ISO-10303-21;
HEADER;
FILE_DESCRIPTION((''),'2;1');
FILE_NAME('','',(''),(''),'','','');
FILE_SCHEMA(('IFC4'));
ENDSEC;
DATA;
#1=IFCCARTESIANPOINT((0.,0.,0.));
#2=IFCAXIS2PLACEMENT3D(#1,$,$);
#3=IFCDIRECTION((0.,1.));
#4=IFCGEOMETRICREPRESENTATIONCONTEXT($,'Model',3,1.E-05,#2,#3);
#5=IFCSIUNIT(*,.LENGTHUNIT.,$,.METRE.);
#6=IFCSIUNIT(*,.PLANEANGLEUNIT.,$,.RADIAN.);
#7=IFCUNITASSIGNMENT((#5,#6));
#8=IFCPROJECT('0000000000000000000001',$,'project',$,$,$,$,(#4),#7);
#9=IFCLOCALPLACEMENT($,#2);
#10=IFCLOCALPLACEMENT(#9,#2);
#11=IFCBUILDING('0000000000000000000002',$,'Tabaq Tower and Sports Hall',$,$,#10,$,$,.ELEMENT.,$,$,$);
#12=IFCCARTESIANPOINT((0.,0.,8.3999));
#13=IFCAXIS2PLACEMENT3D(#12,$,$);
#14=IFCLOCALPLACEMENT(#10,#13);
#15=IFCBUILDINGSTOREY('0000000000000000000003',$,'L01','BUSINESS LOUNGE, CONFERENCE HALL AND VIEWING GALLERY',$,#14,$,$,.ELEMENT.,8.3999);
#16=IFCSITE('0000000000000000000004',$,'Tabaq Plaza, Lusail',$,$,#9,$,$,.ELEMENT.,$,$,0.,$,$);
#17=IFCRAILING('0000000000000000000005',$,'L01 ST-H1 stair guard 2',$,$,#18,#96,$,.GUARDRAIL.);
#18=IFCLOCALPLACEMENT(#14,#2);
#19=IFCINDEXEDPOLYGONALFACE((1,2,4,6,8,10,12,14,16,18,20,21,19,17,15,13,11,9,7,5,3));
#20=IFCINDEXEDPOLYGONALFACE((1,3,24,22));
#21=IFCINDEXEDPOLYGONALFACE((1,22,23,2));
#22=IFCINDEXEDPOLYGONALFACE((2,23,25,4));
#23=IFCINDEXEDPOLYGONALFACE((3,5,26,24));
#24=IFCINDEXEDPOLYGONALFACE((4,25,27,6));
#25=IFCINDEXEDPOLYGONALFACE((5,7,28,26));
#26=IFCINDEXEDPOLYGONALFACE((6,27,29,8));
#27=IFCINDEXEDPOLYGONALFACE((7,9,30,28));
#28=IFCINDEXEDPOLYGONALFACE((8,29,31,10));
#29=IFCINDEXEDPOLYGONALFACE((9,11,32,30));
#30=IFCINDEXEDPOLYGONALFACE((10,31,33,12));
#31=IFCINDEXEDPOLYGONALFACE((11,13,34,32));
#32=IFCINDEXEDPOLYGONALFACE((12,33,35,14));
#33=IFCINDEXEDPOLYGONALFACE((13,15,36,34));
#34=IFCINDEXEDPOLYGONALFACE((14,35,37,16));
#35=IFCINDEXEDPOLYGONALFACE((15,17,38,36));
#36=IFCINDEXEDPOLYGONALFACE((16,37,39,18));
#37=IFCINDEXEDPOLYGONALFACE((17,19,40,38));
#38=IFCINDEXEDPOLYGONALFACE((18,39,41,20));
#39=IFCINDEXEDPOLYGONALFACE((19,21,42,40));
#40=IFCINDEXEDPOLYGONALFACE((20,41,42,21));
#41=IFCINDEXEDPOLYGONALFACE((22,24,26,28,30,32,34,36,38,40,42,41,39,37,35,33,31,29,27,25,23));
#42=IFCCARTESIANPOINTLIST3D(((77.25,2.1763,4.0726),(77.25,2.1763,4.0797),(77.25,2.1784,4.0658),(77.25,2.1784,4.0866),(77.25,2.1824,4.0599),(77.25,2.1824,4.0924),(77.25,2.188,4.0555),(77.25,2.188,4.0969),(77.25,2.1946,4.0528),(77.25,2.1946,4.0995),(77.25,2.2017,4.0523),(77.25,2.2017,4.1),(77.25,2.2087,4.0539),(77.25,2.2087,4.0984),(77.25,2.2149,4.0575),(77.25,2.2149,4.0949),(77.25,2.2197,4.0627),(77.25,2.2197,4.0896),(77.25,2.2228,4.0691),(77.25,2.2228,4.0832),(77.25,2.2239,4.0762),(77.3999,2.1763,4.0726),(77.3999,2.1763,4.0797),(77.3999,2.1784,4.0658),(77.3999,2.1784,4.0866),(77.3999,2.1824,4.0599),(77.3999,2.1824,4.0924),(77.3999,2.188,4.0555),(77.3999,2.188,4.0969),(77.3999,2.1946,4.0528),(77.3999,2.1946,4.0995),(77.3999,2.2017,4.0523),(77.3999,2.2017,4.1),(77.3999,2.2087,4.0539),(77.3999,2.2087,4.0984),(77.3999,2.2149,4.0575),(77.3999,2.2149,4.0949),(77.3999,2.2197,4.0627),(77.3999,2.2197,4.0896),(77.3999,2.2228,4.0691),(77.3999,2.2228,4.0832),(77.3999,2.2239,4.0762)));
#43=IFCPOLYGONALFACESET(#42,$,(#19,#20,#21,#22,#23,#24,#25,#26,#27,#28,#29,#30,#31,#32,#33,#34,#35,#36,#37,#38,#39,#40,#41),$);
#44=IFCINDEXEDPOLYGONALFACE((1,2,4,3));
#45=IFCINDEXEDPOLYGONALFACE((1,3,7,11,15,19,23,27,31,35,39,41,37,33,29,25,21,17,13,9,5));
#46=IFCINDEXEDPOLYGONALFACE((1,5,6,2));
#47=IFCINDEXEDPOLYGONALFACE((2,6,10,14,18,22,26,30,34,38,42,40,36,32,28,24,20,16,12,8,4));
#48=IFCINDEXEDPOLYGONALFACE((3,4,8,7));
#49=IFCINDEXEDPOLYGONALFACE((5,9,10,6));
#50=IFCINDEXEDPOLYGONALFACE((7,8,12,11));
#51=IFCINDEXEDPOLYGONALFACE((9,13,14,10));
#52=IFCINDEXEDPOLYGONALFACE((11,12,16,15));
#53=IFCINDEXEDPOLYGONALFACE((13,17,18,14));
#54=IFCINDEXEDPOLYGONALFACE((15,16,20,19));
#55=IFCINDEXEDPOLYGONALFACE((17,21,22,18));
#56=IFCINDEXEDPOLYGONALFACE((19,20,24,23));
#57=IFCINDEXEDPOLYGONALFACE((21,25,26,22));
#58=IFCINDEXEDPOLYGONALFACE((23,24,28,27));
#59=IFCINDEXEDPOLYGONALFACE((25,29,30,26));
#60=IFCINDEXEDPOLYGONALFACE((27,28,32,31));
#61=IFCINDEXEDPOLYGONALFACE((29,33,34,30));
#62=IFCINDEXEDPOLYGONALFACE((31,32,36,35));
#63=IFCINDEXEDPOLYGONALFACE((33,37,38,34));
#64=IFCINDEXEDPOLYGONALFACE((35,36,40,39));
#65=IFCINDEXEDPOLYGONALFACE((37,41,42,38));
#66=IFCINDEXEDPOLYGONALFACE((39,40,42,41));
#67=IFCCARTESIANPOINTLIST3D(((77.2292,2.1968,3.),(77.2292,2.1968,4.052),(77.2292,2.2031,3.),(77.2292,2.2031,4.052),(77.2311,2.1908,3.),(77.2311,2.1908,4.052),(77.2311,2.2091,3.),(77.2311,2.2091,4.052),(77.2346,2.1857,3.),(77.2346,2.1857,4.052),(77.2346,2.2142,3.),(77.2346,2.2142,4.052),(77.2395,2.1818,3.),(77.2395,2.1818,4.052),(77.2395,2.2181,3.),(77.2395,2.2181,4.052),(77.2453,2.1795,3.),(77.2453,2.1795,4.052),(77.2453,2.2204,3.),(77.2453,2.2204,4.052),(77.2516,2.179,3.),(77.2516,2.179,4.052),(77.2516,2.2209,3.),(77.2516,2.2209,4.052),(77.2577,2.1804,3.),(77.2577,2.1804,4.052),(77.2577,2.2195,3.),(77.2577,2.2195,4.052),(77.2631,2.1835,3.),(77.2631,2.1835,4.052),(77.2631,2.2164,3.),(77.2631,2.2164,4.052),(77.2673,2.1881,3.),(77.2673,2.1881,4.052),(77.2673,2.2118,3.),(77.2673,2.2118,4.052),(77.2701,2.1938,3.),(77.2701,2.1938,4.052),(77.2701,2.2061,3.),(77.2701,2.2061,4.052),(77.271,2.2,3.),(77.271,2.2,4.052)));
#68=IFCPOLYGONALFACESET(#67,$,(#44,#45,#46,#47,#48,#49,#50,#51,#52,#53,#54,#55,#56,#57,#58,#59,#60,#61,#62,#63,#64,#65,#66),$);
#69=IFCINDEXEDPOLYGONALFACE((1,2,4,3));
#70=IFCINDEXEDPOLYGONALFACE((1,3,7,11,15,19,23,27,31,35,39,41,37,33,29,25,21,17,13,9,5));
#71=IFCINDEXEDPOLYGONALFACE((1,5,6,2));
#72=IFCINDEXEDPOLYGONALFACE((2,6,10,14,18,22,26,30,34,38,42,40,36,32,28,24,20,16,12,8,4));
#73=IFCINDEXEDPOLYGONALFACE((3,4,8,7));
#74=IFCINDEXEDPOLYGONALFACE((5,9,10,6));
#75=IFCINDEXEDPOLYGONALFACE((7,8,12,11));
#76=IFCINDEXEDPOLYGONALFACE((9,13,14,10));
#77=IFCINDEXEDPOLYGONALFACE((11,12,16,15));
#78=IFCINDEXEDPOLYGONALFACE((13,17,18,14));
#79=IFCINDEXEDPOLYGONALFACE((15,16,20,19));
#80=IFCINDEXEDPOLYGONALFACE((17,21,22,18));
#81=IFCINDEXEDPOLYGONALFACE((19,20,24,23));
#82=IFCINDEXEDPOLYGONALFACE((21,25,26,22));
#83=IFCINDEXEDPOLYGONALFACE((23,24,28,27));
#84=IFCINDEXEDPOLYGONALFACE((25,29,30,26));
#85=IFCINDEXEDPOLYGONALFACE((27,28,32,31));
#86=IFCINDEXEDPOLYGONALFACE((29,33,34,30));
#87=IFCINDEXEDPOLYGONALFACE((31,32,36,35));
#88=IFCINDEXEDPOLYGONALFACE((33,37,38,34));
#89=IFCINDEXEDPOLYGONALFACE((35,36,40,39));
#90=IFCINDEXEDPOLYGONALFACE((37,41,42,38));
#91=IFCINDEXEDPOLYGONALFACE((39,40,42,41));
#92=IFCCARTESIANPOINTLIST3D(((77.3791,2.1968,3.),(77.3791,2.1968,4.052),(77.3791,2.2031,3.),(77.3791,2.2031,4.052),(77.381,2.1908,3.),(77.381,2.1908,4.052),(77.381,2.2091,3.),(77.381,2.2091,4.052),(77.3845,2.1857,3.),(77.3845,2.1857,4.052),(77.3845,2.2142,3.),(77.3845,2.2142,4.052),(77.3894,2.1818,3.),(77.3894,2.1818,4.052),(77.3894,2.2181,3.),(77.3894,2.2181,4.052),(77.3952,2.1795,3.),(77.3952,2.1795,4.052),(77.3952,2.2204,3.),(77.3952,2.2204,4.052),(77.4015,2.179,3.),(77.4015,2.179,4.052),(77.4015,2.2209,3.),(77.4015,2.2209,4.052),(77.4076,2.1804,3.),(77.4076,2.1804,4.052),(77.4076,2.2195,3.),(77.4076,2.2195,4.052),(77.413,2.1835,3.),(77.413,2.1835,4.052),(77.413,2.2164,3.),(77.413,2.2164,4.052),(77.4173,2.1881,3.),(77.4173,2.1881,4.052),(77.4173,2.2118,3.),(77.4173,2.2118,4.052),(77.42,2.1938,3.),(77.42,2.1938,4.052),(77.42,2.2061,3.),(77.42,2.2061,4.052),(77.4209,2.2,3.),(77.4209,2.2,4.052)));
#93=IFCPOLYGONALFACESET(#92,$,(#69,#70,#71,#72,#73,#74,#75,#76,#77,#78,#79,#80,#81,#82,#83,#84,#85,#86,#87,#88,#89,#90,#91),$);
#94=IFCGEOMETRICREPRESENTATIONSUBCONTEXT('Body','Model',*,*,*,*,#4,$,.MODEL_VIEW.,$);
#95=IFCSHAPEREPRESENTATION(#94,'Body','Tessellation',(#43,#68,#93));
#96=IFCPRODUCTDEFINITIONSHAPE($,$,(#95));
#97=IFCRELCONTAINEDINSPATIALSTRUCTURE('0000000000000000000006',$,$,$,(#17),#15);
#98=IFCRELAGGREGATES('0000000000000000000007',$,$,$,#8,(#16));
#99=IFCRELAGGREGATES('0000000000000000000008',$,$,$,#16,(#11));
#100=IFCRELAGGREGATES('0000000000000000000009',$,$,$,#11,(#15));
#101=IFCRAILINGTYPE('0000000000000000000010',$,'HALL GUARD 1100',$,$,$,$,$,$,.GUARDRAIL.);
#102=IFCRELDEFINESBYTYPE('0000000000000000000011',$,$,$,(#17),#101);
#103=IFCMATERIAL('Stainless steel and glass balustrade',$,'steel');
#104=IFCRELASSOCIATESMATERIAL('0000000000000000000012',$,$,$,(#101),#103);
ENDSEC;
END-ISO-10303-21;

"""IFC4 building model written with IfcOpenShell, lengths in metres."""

from ifc_helpers import new_model, si_unit, direction, frame, origin, origin_2d, place, context, subcontext, project, spatial, circle, extrude, material, type_object, element, save


model = new_model("IFC4")

# Units and contexts
model_context = context("Model", 3, precision=1e-05, world=origin(), true_north=direction((0.0, 1.0)))
body_context = subcontext(model_context, "Body", "Model", "MODEL_VIEW")
ifc_project = project(units=[si_unit("LENGTHUNIT", "METRE"), si_unit("PLANEANGLEUNIT", "RADIAN")], contexts=[model_context])

# Site, building, storey
site_placement = place(None, origin())
site = spatial("IfcSite", under=ifc_project, at=site_placement, Name="Tabaq Plaza, Lusail", CompositionType="ELEMENT", RefElevation=0.0)
building_placement = place(site_placement, origin())
building = spatial("IfcBuilding", under=site, at=building_placement, Name="Tabaq Tower and Sports Hall", CompositionType="ELEMENT")
storey_placement = place(building_placement, frame((0.0, 0.0, 8.3999)))
storey = spatial("IfcBuildingStorey", under=building, at=storey_placement, Name="L01", Description="BUSINESS LOUNGE, CONFERENCE HALL AND VIEWING GALLERY", CompositionType="ELEMENT", Elevation=8.3999)

# Railing
ifc_material_1 = material(Name="Stainless steel and glass balustrade", Category="steel")
railing_type_1 = type_object("IfcRailingType", Name="HALL GUARD 1100", PredefinedType="GUARDRAIL", material=ifc_material_1)
railing_1_placement = place(storey_placement, frame((77.25, 2.2, 3.0)))
element("IfcRailing", 1, at=railing_1_placement, inside=storey, type_object=railing_type_1, Name="L01 ST-H1 stair guard 2", PredefinedType="GUARDRAIL", context=body_context, shape_type="SweptSolid", body=[
    extrude(circle(Radius=0.0239, at=origin_2d()), frame((0.0, 0.0, 1.0762), z_axis=(1.0, 0.0, 0.0), x_axis=(0.0, 1.0, 0.0)), (0.0, 0.0, 1.0), 0.1499),
    extrude(circle(Radius=0.021, at=origin_2d()), origin(), (0.0, 0.0, 1.0), 1.052),
    extrude(circle(Radius=0.021, at=origin_2d()), frame((0.1499, 0.0, 0.0)), (0.0, 0.0, 1.0), 1.052),
])

save(model, "model.ifc")
